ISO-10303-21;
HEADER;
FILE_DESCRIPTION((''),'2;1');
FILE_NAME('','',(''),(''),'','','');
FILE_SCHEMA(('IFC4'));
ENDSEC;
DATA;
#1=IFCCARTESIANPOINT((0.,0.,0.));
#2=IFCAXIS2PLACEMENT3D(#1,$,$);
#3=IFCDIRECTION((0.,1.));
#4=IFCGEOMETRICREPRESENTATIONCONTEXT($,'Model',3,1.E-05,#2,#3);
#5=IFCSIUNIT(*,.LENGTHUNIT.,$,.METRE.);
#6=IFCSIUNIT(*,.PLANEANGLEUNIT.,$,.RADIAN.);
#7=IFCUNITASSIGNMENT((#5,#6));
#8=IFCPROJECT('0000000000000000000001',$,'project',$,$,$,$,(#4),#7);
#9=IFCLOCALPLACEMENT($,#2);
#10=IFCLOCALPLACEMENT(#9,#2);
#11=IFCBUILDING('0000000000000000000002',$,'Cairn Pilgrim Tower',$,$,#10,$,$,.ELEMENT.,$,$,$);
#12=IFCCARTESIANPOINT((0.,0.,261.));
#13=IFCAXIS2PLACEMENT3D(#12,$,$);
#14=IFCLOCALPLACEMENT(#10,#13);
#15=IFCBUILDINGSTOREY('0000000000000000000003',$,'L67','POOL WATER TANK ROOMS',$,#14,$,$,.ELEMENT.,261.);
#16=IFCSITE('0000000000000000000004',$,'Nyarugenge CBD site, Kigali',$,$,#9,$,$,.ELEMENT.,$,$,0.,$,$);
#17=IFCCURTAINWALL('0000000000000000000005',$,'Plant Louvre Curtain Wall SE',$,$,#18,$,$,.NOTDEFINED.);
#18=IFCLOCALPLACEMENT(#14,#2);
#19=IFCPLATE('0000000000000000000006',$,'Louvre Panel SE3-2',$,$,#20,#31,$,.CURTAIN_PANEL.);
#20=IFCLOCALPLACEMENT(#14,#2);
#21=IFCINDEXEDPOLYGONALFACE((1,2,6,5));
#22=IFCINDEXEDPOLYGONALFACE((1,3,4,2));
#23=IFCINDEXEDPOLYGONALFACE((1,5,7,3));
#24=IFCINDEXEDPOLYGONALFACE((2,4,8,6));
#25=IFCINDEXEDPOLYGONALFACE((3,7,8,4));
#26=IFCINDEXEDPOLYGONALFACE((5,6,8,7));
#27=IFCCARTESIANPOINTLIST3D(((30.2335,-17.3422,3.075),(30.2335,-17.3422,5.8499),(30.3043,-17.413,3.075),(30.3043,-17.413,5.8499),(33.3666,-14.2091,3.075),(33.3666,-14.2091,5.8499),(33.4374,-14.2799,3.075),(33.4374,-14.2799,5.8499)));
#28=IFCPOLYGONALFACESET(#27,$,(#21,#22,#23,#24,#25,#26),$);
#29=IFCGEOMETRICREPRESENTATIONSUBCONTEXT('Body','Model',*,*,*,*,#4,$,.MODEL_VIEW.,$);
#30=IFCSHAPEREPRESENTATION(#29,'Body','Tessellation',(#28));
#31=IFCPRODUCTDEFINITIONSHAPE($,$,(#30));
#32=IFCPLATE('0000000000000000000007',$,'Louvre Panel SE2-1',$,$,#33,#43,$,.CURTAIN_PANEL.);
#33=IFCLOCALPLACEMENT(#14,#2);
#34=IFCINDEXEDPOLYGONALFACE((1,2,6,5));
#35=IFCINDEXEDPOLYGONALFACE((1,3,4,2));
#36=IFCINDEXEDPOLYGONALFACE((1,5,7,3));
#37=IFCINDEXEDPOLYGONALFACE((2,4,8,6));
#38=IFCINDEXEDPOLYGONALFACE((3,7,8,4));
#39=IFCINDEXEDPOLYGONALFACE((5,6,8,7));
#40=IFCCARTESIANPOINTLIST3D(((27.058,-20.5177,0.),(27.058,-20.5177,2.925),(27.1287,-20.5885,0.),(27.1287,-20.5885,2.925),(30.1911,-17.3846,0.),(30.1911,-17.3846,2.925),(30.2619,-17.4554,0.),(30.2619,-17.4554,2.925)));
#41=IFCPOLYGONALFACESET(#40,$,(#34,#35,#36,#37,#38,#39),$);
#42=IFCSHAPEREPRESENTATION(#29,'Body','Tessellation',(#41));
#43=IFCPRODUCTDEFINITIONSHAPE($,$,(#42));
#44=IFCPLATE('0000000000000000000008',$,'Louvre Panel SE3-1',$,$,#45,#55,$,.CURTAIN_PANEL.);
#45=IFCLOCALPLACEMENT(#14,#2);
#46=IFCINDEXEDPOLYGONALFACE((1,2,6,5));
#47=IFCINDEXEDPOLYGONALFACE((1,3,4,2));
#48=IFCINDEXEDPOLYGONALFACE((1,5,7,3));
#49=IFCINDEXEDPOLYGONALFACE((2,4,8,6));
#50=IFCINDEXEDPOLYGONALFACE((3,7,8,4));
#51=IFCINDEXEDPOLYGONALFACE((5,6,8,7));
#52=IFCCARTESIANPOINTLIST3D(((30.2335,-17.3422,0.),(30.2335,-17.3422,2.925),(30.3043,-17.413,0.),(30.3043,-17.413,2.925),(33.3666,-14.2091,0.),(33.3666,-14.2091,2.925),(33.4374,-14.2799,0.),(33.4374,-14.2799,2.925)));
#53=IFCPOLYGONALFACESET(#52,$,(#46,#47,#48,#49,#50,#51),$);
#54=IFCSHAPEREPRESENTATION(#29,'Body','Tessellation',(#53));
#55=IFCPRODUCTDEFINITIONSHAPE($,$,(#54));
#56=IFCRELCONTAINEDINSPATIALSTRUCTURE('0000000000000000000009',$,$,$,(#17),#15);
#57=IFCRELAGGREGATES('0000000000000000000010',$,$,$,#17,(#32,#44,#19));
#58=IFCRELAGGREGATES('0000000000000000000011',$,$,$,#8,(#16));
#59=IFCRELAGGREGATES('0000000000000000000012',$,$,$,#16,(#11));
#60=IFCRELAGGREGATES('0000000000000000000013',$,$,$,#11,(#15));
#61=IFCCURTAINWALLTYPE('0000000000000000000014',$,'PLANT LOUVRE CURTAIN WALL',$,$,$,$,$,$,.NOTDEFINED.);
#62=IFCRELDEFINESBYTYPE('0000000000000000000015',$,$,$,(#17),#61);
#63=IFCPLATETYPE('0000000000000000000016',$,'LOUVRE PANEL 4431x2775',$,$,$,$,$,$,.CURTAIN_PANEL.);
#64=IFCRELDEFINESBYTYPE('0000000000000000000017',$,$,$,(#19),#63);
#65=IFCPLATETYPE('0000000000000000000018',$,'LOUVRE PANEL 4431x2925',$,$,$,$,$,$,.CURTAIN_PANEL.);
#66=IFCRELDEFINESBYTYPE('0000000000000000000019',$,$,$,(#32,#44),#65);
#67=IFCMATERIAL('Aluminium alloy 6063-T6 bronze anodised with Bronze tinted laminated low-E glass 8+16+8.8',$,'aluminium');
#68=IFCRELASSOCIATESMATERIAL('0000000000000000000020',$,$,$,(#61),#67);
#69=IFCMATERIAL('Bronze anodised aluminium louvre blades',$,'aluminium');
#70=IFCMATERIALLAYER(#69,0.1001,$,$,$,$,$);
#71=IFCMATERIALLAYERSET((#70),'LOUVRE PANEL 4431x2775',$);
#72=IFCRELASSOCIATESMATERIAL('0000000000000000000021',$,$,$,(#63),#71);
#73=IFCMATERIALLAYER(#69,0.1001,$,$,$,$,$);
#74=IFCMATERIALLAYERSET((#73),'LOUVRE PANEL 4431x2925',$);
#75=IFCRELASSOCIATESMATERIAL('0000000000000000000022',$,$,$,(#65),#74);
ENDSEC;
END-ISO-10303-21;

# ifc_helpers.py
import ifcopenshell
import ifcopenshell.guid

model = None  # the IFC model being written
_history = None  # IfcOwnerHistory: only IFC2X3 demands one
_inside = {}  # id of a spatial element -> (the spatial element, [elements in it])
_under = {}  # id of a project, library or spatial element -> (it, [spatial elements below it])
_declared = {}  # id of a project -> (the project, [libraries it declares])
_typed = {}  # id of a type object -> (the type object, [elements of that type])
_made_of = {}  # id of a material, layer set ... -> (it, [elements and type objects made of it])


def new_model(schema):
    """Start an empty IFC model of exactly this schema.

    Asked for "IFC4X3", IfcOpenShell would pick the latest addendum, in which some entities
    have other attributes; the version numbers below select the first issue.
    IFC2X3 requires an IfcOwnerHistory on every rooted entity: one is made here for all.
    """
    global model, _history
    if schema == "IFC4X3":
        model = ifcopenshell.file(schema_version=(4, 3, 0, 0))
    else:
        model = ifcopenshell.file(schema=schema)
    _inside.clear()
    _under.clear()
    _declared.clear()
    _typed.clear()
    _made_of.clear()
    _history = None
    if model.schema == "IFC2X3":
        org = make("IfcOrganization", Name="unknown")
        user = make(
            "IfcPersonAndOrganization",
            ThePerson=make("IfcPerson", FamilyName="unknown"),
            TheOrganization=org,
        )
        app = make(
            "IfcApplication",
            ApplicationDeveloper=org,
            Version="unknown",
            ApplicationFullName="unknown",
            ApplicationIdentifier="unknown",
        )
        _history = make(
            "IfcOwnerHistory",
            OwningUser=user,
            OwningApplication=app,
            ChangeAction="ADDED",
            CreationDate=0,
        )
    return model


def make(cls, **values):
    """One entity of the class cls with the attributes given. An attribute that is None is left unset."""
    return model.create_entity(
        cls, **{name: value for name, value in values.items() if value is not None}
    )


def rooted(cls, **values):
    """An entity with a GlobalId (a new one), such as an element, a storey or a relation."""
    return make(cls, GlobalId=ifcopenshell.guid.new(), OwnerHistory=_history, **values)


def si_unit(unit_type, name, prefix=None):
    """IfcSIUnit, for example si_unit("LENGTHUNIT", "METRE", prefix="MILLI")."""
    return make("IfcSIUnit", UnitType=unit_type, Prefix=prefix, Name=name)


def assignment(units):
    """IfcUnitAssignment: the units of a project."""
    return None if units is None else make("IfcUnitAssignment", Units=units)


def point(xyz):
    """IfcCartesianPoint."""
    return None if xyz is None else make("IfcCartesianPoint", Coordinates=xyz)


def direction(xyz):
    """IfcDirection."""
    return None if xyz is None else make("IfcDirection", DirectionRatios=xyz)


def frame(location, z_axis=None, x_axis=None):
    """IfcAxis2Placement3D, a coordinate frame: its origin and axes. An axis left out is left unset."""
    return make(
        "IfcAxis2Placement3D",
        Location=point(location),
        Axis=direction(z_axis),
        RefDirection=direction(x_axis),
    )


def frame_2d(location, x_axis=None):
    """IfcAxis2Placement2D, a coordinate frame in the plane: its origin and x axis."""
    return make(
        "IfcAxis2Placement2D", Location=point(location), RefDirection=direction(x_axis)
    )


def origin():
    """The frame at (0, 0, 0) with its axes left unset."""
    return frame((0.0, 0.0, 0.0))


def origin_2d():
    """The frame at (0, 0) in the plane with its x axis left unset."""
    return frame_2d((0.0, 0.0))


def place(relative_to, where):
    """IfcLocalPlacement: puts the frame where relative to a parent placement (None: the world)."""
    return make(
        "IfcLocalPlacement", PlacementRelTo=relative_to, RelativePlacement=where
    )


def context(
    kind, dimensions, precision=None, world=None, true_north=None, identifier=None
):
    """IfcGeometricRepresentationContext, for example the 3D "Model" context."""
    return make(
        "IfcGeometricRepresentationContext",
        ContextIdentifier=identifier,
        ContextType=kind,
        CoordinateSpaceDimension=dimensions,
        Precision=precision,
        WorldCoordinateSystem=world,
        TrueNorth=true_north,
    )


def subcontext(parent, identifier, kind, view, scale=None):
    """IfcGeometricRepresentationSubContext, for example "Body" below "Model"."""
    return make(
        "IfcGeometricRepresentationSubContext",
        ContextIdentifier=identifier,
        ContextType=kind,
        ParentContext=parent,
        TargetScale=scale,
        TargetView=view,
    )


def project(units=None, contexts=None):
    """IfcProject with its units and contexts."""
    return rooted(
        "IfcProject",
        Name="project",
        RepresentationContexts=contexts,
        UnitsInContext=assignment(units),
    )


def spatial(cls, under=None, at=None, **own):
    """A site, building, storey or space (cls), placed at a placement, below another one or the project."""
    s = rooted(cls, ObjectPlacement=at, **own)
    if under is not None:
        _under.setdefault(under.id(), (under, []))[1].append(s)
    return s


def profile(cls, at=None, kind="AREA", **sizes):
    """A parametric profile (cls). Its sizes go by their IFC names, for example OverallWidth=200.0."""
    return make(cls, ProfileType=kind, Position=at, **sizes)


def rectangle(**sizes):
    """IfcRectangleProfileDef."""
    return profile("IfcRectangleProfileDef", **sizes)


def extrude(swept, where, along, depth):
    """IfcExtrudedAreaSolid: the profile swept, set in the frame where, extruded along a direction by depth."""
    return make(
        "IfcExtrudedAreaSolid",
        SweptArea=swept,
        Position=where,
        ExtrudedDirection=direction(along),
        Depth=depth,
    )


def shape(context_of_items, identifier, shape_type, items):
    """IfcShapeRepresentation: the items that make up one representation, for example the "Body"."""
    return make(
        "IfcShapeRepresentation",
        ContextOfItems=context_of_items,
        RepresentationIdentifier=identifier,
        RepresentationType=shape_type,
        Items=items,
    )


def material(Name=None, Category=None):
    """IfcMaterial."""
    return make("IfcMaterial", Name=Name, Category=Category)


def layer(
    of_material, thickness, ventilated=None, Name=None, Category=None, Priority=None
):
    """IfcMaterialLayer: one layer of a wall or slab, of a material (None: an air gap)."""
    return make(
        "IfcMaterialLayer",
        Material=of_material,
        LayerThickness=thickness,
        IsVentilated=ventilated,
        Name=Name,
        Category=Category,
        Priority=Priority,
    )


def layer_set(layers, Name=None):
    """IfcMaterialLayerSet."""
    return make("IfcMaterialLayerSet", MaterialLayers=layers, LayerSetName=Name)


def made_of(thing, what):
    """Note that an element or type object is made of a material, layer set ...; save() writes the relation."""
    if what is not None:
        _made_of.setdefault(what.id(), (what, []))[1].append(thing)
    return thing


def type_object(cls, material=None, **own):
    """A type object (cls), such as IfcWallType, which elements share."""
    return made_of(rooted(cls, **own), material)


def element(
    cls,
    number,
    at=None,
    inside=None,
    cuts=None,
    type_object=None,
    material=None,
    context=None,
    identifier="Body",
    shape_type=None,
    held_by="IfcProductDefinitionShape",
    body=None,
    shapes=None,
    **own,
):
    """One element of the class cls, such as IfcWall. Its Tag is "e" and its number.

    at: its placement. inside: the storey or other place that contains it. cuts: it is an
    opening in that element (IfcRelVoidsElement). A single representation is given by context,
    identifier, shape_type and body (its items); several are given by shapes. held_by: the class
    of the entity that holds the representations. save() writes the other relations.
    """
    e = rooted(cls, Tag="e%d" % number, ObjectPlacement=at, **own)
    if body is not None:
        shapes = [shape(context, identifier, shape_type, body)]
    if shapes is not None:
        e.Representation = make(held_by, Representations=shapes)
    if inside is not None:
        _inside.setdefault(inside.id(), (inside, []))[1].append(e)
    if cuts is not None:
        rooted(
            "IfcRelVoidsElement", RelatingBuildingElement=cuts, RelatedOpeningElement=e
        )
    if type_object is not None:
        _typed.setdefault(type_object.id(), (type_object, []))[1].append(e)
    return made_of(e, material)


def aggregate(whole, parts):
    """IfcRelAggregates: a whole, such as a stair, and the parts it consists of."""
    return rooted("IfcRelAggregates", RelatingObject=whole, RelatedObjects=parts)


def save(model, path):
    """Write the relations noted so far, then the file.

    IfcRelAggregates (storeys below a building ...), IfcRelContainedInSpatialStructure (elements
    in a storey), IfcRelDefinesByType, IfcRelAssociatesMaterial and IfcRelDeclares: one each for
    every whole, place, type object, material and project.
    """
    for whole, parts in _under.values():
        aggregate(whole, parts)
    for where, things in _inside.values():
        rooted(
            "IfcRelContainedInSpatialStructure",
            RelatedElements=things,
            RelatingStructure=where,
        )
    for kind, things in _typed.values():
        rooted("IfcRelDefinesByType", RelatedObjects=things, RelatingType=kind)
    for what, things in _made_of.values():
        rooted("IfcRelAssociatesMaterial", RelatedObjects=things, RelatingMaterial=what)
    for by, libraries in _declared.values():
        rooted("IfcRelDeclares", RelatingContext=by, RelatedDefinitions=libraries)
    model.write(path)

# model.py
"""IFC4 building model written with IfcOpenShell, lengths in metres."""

from ifc_helpers import new_model, si_unit, direction, frame, origin, origin_2d, place, context, subcontext, project, spatial, rectangle, extrude, material, layer, layer_set, type_object, element, aggregate, save


model = new_model("IFC4")

# Units and contexts
model_context = context("Model", 3, precision=1e-05, world=origin(), true_north=direction((0.0, 1.0)))
body_context = subcontext(model_context, "Body", "Model", "MODEL_VIEW")
ifc_project = project(units=[si_unit("LENGTHUNIT", "METRE"), si_unit("PLANEANGLEUNIT", "RADIAN")], contexts=[model_context])

# Site, building, storey
site_placement = place(None, origin())
site = spatial("IfcSite", under=ifc_project, at=site_placement, Name="Nyarugenge CBD site, Kigali", CompositionType="ELEMENT", RefElevation=0.0)
building_placement = place(site_placement, origin())
building = spatial("IfcBuilding", under=site, at=building_placement, Name="Cairn Pilgrim Tower", CompositionType="ELEMENT")
storey_placement = place(building_placement, frame((0.0, 0.0, 261.0)))
storey = spatial("IfcBuildingStorey", under=building, at=storey_placement, Name="L67", Description="POOL WATER TANK ROOMS", CompositionType="ELEMENT", Elevation=261.0)

# Curtain wall
ifc_material_1 = material(Name="Aluminium alloy 6063-T6 bronze anodised with Bronze tinted laminated low-E glass 8+16+8.8", Category="aluminium")
curtain_wall_type = type_object("IfcCurtainWallType", Name="PLANT LOUVRE CURTAIN WALL", PredefinedType="NOTDEFINED", material=ifc_material_1)
curtain_wall_placement = place(storey_placement, origin())
curtain_wall = element("IfcCurtainWall", 1, at=curtain_wall_placement, inside=storey, type_object=curtain_wall_type, Name="Plant Louvre Curtain Wall SE", PredefinedType="NOTDEFINED")

# Plates
ifc_material_2 = material(Name="Bronze anodised aluminium louvre blades", Category="aluminium")
ifc_layer_1 = layer(ifc_material_2, 0.1001)
ifc_layer_set_1 = layer_set([ifc_layer_1], Name="LOUVRE PANEL 4431x2775")
plate_type_1 = type_object("IfcPlateType", Name="LOUVRE PANEL 4431x2775", PredefinedType="CURTAIN_PANEL", material=ifc_layer_set_1)
plate_1_placement = place(storey_placement, frame((31.8354, -15.811, 3.075), z_axis=(0.0, 0.0, 1.0), x_axis=(0.707107, 0.707107, 0.0)))
plate_1 = element("IfcPlate", 2, at=plate_1_placement, type_object=plate_type_1, Name="Louvre Panel SE3-2", PredefinedType="CURTAIN_PANEL", context=body_context, shape_type="SweptSolid", body=[
    extrude(rectangle(XDim=4.4309, YDim=0.1001, at=origin_2d()), origin(), (0.0, 0.0, 1.0), 2.7749),
])
ifc_layer_2 = layer(ifc_material_2, 0.1001)
ifc_layer_set_2 = layer_set([ifc_layer_2], Name="LOUVRE PANEL 4431x2925")
plate_type_2 = type_object("IfcPlateType", Name="LOUVRE PANEL 4431x2925", PredefinedType="CURTAIN_PANEL", material=ifc_layer_set_2)
plate_2_placement = place(storey_placement, frame((28.6599, -18.9866, 0.0), z_axis=(0.0, 0.0, 1.0), x_axis=(0.707107, 0.707107, 0.0)))
plate_2 = element("IfcPlate", 3, at=plate_2_placement, type_object=plate_type_2, Name="Louvre Panel SE2-1", PredefinedType="CURTAIN_PANEL", context=body_context, shape_type="SweptSolid", body=[
    extrude(rectangle(XDim=4.4309, YDim=0.1001, at=origin_2d()), origin(), (0.0, 0.0, 1.0), 2.925),
])
plate_3_placement = place(storey_placement, frame((31.8354, -15.811, 0.0), z_axis=(0.0, 0.0, 1.0), x_axis=(0.707107, 0.707107, 0.0)))
plate_3 = element("IfcPlate", 4, at=plate_3_placement, type_object=plate_type_2, Name="Louvre Panel SE3-1", PredefinedType="CURTAIN_PANEL", context=body_context, shape_type="SweptSolid", body=[
    extrude(rectangle(XDim=4.4309, YDim=0.1001, at=origin_2d()), origin(), (0.0, 0.0, 1.0), 2.925),
])
aggregate(curtain_wall, [plate_2, plate_3, plate_1])

save(model, "model.ifc")
